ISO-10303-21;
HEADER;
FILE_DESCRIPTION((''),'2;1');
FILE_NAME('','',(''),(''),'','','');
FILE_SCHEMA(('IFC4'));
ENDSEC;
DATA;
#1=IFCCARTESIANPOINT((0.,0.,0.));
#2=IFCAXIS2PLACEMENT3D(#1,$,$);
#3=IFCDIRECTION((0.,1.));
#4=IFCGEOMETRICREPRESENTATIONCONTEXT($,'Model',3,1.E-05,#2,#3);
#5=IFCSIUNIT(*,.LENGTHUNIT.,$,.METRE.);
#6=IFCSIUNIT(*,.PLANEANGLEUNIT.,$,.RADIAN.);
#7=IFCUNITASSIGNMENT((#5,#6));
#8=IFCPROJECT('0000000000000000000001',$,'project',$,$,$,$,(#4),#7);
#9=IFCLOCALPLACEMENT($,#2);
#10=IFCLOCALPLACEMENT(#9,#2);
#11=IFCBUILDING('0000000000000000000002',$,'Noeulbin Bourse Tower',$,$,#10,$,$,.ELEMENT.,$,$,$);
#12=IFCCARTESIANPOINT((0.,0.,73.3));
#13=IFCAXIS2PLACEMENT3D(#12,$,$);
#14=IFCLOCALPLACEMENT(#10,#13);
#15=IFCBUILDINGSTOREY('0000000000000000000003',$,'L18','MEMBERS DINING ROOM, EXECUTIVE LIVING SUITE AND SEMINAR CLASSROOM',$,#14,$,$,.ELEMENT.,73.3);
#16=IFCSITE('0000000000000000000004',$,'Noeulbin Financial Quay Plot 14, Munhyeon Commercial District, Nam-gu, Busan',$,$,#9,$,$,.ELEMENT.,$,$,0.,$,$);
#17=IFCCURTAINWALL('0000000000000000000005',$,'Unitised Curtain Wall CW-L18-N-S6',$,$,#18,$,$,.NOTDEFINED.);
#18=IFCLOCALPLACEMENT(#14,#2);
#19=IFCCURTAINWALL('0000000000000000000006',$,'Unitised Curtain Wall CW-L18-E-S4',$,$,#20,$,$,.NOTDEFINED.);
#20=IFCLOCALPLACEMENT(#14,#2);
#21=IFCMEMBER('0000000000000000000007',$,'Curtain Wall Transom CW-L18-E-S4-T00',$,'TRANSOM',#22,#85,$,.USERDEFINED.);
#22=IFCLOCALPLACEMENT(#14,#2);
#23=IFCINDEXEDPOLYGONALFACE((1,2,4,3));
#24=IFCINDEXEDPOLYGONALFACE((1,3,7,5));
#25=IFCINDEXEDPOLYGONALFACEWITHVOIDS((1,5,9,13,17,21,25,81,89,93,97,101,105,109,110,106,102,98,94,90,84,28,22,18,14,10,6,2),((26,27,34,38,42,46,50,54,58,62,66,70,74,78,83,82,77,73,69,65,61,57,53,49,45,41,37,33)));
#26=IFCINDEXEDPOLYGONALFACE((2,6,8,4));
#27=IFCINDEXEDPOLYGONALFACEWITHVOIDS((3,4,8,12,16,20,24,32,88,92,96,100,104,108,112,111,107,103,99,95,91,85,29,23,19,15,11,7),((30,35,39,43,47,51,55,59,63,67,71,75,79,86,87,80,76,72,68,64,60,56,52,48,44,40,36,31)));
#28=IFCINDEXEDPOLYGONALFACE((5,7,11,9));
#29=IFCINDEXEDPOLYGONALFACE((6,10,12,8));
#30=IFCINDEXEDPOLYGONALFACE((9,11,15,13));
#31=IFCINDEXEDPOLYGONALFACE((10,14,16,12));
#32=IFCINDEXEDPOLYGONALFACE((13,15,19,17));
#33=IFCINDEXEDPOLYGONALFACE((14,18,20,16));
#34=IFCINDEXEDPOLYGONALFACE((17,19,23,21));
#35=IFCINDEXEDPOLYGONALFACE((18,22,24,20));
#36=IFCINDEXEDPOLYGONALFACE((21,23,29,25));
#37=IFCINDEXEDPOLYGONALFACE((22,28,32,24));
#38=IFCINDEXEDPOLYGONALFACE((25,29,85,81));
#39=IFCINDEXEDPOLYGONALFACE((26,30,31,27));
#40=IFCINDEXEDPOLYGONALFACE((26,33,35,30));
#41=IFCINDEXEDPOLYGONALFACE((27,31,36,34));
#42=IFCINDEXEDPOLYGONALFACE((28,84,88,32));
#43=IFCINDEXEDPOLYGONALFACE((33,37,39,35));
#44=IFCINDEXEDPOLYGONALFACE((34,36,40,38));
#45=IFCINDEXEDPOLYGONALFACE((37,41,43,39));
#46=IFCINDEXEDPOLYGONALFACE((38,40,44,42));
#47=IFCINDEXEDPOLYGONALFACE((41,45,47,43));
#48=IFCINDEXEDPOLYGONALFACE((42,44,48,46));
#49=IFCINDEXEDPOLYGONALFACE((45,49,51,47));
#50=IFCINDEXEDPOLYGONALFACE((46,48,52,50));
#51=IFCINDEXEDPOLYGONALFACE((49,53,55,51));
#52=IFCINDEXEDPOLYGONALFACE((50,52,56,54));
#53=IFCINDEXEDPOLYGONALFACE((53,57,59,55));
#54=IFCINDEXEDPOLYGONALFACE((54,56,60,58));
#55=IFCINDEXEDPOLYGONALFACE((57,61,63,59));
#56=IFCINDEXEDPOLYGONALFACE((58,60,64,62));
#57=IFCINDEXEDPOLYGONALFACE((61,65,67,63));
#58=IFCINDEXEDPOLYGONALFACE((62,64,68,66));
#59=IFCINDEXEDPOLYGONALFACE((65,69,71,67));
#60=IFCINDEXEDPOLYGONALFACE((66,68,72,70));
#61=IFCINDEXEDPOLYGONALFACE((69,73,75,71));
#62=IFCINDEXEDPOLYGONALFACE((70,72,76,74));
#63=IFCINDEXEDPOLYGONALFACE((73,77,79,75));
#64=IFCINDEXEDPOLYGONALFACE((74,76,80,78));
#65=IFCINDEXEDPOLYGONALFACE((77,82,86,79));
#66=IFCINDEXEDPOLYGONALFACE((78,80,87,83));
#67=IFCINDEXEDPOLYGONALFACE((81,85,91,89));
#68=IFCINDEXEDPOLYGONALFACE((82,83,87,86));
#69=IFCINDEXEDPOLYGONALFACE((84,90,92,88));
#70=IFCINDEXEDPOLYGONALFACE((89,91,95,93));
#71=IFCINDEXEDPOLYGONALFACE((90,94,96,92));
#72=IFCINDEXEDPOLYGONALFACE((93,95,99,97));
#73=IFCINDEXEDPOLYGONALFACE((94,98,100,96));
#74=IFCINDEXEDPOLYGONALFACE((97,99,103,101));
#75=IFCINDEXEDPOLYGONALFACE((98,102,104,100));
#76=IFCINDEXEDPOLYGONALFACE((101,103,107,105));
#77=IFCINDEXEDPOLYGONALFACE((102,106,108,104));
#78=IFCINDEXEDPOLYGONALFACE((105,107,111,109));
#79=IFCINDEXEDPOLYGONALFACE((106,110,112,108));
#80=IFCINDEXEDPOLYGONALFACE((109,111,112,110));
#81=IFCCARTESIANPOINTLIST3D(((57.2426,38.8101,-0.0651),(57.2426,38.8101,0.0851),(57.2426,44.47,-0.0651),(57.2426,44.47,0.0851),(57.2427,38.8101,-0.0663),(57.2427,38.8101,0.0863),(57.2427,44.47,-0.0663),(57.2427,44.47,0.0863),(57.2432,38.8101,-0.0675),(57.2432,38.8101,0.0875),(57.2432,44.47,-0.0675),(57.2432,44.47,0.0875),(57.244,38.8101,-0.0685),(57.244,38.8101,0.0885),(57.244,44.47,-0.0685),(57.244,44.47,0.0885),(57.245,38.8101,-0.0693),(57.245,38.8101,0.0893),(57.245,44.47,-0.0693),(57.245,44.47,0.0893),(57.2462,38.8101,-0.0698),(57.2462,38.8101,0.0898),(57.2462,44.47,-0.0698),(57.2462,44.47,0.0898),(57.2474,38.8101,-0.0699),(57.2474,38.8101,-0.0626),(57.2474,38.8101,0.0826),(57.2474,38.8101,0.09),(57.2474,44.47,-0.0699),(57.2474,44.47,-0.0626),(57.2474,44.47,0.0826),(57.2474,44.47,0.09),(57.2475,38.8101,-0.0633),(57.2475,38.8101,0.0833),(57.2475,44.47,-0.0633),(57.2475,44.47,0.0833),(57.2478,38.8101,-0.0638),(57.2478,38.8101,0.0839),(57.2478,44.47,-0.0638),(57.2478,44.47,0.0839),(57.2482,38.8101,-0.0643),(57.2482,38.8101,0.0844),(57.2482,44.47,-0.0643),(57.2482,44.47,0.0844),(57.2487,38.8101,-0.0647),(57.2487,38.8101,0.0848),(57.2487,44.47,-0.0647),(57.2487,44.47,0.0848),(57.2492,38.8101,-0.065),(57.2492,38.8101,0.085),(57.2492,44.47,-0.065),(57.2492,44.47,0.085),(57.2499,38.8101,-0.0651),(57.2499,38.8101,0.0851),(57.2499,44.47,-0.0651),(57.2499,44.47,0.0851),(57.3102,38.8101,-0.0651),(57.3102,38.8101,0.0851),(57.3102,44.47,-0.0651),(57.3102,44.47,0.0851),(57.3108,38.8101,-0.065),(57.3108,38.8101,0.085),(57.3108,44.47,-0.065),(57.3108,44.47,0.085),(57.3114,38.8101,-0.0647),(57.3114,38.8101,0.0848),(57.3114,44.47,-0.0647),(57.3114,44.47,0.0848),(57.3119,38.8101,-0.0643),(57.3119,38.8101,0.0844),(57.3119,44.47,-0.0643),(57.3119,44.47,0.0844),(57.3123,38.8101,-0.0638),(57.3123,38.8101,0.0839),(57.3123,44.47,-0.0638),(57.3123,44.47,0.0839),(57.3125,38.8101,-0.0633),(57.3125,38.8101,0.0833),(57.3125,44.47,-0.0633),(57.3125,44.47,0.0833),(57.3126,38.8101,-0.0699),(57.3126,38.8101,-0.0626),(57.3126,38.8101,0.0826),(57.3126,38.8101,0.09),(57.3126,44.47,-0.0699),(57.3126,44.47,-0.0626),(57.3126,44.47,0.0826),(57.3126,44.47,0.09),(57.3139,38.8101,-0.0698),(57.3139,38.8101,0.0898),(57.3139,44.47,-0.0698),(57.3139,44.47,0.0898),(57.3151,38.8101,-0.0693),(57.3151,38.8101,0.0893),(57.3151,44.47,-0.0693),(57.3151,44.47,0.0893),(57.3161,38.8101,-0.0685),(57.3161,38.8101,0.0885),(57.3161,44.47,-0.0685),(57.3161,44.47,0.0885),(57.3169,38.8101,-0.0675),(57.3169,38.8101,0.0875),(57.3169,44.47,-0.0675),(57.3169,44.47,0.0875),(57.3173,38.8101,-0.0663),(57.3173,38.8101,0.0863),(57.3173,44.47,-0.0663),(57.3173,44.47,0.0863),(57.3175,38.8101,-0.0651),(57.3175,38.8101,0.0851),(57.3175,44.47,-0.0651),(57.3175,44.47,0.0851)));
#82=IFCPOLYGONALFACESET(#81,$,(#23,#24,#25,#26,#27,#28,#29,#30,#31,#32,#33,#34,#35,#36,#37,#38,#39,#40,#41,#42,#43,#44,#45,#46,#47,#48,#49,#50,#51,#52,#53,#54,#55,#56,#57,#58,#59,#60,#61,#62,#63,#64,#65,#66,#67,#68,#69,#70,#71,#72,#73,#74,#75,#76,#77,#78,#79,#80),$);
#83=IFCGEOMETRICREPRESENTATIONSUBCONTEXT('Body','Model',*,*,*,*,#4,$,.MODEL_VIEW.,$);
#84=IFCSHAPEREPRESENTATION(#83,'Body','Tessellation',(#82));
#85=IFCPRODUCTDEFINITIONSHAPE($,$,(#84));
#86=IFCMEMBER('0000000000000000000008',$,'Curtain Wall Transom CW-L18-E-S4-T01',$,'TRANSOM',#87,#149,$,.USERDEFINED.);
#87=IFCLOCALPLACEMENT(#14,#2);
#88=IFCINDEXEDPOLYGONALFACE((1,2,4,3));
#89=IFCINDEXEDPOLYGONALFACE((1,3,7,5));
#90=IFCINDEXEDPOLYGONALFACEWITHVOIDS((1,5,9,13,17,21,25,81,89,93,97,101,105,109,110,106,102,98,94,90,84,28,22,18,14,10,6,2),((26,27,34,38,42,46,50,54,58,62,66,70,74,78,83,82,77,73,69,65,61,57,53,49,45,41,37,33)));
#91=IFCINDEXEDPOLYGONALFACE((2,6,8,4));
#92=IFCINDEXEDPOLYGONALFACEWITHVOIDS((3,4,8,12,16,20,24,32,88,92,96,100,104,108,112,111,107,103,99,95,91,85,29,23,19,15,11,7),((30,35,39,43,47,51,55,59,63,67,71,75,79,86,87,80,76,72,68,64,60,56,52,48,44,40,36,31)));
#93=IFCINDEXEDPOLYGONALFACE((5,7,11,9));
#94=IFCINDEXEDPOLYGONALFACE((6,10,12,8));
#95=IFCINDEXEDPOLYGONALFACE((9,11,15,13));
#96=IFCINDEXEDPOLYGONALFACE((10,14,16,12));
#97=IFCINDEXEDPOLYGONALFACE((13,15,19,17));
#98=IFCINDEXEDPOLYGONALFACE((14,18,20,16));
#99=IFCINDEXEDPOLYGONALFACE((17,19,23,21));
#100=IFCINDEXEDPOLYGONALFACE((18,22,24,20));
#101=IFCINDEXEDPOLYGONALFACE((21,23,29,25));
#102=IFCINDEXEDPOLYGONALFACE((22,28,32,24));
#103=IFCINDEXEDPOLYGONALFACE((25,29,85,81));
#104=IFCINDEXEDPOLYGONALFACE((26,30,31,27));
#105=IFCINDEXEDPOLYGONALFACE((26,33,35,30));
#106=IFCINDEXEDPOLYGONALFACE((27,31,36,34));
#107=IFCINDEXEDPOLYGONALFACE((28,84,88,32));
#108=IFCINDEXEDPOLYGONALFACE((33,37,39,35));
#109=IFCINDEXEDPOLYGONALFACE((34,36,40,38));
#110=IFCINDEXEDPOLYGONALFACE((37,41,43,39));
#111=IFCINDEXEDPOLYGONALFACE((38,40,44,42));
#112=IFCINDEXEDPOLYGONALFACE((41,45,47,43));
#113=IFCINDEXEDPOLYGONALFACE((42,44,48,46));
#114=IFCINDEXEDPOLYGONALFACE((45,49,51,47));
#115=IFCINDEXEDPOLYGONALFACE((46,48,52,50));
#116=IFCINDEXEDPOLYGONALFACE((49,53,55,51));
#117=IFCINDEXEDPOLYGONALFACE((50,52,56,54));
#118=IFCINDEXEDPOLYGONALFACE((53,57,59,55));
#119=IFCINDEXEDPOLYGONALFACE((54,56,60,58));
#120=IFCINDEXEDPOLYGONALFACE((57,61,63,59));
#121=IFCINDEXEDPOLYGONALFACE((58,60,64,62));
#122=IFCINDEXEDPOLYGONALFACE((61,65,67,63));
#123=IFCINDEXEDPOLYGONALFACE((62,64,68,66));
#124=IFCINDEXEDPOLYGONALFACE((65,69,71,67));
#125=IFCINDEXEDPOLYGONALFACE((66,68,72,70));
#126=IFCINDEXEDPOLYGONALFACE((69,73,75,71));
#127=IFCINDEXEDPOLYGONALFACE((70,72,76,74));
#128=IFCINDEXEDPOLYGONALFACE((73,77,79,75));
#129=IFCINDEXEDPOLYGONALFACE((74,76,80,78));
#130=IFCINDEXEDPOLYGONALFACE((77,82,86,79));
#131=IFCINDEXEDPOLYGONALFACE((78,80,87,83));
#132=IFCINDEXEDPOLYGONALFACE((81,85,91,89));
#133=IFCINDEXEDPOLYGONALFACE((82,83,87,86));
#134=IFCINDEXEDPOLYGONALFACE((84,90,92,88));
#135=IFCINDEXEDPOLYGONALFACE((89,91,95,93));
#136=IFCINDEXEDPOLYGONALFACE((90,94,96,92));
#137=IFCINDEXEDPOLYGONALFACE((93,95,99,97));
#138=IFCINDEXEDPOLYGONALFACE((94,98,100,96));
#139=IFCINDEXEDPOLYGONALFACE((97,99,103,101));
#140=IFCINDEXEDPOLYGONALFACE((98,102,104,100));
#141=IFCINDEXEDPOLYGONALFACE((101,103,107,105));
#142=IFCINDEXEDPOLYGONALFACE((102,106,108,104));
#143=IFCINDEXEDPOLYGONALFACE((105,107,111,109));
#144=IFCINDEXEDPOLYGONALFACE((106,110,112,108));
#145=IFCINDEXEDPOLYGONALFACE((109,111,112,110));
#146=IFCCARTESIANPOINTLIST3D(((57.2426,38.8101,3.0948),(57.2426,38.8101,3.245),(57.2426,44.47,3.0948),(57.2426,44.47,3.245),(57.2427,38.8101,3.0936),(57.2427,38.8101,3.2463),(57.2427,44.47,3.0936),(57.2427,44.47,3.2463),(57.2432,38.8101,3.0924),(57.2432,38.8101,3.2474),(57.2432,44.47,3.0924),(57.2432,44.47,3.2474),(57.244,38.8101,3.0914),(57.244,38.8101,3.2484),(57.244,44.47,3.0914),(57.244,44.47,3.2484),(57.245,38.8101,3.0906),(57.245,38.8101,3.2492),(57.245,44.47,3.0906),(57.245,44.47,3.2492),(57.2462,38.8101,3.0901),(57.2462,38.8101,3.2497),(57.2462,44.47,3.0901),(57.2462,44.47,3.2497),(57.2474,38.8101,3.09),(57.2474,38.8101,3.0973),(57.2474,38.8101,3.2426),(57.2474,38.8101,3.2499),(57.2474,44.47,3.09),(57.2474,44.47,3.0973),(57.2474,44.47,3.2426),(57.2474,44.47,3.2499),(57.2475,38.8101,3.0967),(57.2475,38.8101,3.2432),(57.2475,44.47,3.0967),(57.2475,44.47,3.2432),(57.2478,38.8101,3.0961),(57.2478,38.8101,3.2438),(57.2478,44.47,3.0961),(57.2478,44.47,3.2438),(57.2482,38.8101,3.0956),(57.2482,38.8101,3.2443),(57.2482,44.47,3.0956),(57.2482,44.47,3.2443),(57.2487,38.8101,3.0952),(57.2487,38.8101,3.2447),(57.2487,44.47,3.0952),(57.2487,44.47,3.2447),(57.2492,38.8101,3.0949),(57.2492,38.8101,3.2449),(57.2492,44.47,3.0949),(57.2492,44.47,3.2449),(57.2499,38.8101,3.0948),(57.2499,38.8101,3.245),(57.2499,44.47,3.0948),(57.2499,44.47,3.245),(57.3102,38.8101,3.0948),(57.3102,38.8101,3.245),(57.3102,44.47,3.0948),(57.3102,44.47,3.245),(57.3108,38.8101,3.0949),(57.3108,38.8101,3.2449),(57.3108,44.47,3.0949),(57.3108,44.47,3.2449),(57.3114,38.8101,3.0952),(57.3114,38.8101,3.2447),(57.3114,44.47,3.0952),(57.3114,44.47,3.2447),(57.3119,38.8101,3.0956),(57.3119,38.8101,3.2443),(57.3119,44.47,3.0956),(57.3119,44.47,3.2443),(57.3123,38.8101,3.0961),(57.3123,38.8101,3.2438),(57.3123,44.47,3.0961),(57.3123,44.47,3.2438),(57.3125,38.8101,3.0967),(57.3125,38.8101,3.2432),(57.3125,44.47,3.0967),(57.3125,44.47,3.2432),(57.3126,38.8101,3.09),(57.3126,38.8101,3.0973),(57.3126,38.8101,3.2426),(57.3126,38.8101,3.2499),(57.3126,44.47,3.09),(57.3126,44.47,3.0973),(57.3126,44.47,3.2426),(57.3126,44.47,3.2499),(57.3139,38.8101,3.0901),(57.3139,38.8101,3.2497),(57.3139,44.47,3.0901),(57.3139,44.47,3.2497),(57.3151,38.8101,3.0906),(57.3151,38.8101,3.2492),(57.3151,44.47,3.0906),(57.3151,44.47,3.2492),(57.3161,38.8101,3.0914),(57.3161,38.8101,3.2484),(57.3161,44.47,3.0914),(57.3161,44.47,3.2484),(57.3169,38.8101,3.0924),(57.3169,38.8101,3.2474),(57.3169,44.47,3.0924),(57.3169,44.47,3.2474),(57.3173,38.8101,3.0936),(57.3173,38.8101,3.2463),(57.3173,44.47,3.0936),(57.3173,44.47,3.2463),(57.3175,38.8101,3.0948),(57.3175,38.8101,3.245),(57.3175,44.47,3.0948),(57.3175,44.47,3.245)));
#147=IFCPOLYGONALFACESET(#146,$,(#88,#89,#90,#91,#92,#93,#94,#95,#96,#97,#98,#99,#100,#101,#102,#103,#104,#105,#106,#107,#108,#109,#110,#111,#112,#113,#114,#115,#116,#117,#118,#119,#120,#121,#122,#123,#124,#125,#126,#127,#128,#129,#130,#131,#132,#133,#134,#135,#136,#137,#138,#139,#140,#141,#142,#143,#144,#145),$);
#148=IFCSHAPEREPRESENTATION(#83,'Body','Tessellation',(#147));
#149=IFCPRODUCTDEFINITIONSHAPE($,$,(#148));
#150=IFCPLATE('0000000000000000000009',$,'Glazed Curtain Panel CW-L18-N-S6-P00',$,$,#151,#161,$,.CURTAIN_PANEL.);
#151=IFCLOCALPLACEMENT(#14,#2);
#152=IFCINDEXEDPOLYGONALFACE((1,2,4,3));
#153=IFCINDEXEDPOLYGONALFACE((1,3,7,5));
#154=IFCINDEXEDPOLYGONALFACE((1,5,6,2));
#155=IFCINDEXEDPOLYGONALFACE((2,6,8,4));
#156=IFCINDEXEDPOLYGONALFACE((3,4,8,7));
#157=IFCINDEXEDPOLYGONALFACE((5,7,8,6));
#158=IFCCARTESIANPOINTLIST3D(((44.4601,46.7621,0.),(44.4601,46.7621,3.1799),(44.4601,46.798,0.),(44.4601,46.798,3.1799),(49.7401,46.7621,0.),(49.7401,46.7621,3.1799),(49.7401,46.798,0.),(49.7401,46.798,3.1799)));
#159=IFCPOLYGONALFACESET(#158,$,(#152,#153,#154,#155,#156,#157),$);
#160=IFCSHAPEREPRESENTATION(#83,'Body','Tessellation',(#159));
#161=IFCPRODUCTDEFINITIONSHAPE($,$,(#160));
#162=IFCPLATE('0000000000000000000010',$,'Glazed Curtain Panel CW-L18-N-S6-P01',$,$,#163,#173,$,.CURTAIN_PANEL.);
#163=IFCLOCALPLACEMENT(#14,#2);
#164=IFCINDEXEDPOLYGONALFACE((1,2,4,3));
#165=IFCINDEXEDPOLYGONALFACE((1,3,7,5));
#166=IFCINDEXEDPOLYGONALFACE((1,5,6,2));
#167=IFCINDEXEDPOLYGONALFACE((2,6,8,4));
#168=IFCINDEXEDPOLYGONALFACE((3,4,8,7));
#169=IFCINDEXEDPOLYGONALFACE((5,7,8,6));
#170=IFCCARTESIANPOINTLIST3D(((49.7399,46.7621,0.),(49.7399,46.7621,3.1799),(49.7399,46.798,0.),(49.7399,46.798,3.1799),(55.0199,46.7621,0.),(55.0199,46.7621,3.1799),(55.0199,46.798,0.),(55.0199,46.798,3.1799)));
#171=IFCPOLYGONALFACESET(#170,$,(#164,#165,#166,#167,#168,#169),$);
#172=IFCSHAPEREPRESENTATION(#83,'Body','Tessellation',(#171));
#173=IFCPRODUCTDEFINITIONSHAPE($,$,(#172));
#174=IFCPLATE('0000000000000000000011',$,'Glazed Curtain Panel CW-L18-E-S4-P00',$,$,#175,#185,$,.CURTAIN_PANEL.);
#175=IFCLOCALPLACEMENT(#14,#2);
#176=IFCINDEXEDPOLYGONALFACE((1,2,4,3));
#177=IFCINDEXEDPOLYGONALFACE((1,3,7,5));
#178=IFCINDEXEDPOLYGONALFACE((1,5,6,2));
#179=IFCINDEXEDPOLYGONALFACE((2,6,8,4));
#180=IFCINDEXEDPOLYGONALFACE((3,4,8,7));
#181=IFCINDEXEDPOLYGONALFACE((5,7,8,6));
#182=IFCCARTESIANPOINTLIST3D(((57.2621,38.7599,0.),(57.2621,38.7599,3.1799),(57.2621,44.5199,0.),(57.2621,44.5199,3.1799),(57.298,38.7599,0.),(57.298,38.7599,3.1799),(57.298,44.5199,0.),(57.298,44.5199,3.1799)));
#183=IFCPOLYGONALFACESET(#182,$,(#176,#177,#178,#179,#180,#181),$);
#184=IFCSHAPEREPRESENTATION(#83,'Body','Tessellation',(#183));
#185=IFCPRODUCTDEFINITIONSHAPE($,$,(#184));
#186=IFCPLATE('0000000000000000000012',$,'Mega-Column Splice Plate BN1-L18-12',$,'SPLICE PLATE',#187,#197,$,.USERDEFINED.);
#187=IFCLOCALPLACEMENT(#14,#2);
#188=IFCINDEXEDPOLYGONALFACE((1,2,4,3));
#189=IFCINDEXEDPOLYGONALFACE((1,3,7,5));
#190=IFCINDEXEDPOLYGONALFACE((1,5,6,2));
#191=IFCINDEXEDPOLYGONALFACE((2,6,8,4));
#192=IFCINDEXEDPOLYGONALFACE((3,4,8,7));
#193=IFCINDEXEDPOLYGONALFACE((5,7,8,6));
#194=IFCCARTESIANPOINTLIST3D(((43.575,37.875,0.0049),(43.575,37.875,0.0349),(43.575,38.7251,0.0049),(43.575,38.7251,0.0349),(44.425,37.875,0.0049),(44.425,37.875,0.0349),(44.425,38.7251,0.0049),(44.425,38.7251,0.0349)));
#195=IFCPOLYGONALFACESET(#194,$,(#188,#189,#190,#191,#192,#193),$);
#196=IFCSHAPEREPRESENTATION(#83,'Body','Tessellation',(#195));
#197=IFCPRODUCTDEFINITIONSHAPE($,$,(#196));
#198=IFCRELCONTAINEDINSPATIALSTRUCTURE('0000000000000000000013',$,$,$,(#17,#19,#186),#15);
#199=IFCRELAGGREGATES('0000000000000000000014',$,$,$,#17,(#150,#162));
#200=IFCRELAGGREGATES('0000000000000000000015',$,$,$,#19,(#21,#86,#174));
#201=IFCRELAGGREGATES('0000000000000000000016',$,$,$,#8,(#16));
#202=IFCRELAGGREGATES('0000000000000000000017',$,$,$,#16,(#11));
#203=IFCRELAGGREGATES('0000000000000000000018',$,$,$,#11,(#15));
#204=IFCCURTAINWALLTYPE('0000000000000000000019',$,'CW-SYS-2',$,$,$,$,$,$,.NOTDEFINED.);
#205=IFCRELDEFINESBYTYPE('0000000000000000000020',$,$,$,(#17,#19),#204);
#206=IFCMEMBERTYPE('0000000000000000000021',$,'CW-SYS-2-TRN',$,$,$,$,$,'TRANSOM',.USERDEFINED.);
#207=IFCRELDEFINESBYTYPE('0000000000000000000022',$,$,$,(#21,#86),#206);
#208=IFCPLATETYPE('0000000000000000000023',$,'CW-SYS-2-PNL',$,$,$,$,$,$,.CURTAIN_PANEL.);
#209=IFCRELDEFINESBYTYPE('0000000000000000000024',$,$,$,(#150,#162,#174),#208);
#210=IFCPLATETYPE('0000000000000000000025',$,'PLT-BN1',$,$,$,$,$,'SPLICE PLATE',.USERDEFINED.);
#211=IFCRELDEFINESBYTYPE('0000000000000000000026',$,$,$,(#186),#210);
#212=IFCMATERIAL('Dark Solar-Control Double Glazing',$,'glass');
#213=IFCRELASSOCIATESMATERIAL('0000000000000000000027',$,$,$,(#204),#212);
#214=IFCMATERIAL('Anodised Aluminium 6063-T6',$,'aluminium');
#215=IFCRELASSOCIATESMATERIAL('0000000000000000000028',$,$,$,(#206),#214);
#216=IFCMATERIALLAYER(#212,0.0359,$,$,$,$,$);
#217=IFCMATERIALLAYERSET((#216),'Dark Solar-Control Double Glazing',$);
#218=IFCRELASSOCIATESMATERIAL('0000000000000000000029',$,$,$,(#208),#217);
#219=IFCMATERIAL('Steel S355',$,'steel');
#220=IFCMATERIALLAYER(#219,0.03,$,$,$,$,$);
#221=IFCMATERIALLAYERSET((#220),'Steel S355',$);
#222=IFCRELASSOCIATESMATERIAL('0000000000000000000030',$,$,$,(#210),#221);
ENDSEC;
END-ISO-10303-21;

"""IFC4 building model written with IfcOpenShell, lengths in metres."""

from ifc_helpers import new_model, si_unit, direction, frame, origin, origin_2d, place, context, subcontext, project, spatial, rectangle, hollow_rectangle, extrude, material, layer, layer_set, material_profile, profile_set, type_object, element, aggregate, save


model = new_model("IFC4")

# Units and contexts
model_context = context("Model", 3, precision=1e-05, world=origin(), true_north=direction((0.0, 1.0)))
body_context = subcontext(model_context, "Body", "Model", "MODEL_VIEW")
ifc_project = project(units=[si_unit("LENGTHUNIT", "METRE"), si_unit("PLANEANGLEUNIT", "RADIAN")], contexts=[model_context])

# Site, building, storey
site_placement = place(None, origin())
site = spatial("IfcSite", under=ifc_project, at=site_placement, Name="Noeulbin Financial Quay Plot 14, Munhyeon Commercial District, Nam-gu, Busan", CompositionType="ELEMENT", RefElevation=0.0)
building_placement = place(site_placement, origin())
building = spatial("IfcBuilding", under=site, at=building_placement, Name="Noeulbin Bourse Tower", CompositionType="ELEMENT")
storey_placement = place(building_placement, frame((0.0, 0.0, 73.3)))
storey = spatial("IfcBuildingStorey", under=building, at=storey_placement, Name="L18", Description="MEMBERS DINING ROOM, EXECUTIVE LIVING SUITE AND SEMINAR CLASSROOM", CompositionType="ELEMENT", Elevation=73.3)

# Shared definitions
ifc_material_1 = material(Name="Steel S355", Category="steel")

# Shared definitions
ifc_material_2 = material(Name="Dark Solar-Control Double Glazing", Category="glass")
curtain_wall_type = type_object("IfcCurtainWallType", Name="CW-SYS-2", PredefinedType="NOTDEFINED", material=ifc_material_2)
ifc_material_3 = material(Name="Anodised Aluminium 6063-T6", Category="aluminium")

# Curtain wall
curtain_wall_1_placement = place(storey_placement, origin())
curtain_wall_1 = element("IfcCurtainWall", 1, at=curtain_wall_1_placement, inside=storey, type_object=curtain_wall_type, Name="Unitised Curtain Wall CW-L18-N-S6", PredefinedType="NOTDEFINED")

# Curtain wall
curtain_wall_2_placement = place(storey_placement, origin())
curtain_wall_2 = element("IfcCurtainWall", 2, at=curtain_wall_2_placement, inside=storey, type_object=curtain_wall_type, Name="Unitised Curtain Wall CW-L18-E-S4", PredefinedType="NOTDEFINED")

# Members
ifc_material_profile_1 = material_profile(ifc_material_3, hollow_rectangle(XDim=0.075, YDim=0.1599, WallThickness=0.0049, InnerFilletRadius=0.0024, OuterFilletRadius=0.0049, at=origin_2d()), Name="ALU-TRAN-75x160x5", Category="LoadBearing")
ifc_profile_set_1 = profile_set([ifc_material_profile_1], Name="Anodised Aluminium 6063-T6")
member_type_1 = type_object("IfcMemberType", Name="CW-SYS-2-TRN", ElementType="TRANSOM", PredefinedType="USERDEFINED", material=ifc_profile_set_1)
member_1_placement = place(storey_placement, frame((57.28, 38.8101, 0.01), z_axis=(0.0, 1.0, 0.0), x_axis=(-1.0, 0.0, 0.0)))
member_1 = element("IfcMember", 3, at=member_1_placement, type_object=member_type_1, Name="Curtain Wall Transom CW-L18-E-S4-T00", ObjectType="TRANSOM", PredefinedType="USERDEFINED", context=body_context, shape_type="SweptSolid", body=[
    extrude(hollow_rectangle(XDim=0.075, YDim=0.1599, WallThickness=0.0049, InnerFilletRadius=0.0024, OuterFilletRadius=0.0049, at=origin_2d()), origin(), (0.0, 0.0, 1.0), 5.6599),
])
member_2_placement = place(storey_placement, frame((57.28, 38.8101, 3.1699), z_axis=(0.0, 1.0, 0.0), x_axis=(-1.0, 0.0, 0.0)))
member_2 = element("IfcMember", 4, at=member_2_placement, type_object=member_type_1, Name="Curtain Wall Transom CW-L18-E-S4-T01", ObjectType="TRANSOM", PredefinedType="USERDEFINED", context=body_context, shape_type="SweptSolid", body=[
    extrude(hollow_rectangle(XDim=0.075, YDim=0.1599, WallThickness=0.0049, InnerFilletRadius=0.0024, OuterFilletRadius=0.0049, at=origin_2d()), origin(), (0.0, 0.0, 1.0), 5.6599),
])

# Plates
ifc_layer_1 = layer(ifc_material_2, 0.0359)
ifc_layer_set_1 = layer_set([ifc_layer_1], Name="Dark Solar-Control Double Glazing")
plate_type_1 = type_object("IfcPlateType", Name="CW-SYS-2-PNL", PredefinedType="CURTAIN_PANEL", material=ifc_layer_set_1)
plate_1_placement = place(storey_placement, frame((47.1001, 46.78, 0.0), z_axis=(0.0, 0.0, 1.0), x_axis=(1.0, 0.0, 0.0)))
plate_1 = element("IfcPlate", 5, at=plate_1_placement, type_object=plate_type_1, Name="Glazed Curtain Panel CW-L18-N-S6-P00", PredefinedType="CURTAIN_PANEL", context=body_context, shape_type="SweptSolid", body=[
    extrude(rectangle(XDim=5.28, YDim=0.0359, at=origin_2d()), origin(), (0.0, 0.0, 1.0), 3.1799),
])
plate_2_placement = place(storey_placement, frame((52.3799, 46.78, 0.0), z_axis=(0.0, 0.0, 1.0), x_axis=(1.0, 0.0, 0.0)))
plate_2 = element("IfcPlate", 6, at=plate_2_placement, type_object=plate_type_1, Name="Glazed Curtain Panel CW-L18-N-S6-P01", PredefinedType="CURTAIN_PANEL", context=body_context, shape_type="SweptSolid", body=[
    extrude(rectangle(XDim=5.28, YDim=0.0359, at=origin_2d()), origin(), (0.0, 0.0, 1.0), 3.1799),
])
aggregate(curtain_wall_1, [plate_1, plate_2])
plate_3_placement = place(storey_placement, frame((57.28, 41.6399, 0.0), z_axis=(0.0, 0.0, 1.0), x_axis=(0.0, 1.0, 0.0)))
plate_3 = element("IfcPlate", 7, at=plate_3_placement, type_object=plate_type_1, Name="Glazed Curtain Panel CW-L18-E-S4-P00", PredefinedType="CURTAIN_PANEL", context=body_context, shape_type="SweptSolid", body=[
    extrude(rectangle(XDim=5.76, YDim=0.0359, at=origin_2d()), origin(), (0.0, 0.0, 1.0), 3.1799),
])
aggregate(curtain_wall_2, [member_1, member_2, plate_3])

# Plate
ifc_layer_2 = layer(ifc_material_1, 0.03)
ifc_layer_set_2 = layer_set([ifc_layer_2], Name="Steel S355")
plate_type_2 = type_object("IfcPlateType", Name="PLT-BN1", ElementType="SPLICE PLATE", PredefinedType="USERDEFINED", material=ifc_layer_set_2)
for number, where, z_axis, x_axis, name in (
    (8, (44.0, 38.3, 0.0049), (0.0, 0.0, 1.0), (1.0, 0.0, 0.0), "Mega-Column Splice Plate BN1-L18-12"),
):
    element("IfcPlate", number, at=place(storey_placement, frame(where, z_axis=z_axis, x_axis=x_axis)), inside=storey, type_object=plate_type_2, Name=name, ObjectType="SPLICE PLATE", PredefinedType="USERDEFINED", context=body_context, shape_type="SweptSolid", body=[
        extrude(rectangle(XDim=0.8501, YDim=0.8501, at=origin_2d()), origin(), (0.0, 0.0, 1.0), 0.03),
    ])

save(model, "model.ifc")
